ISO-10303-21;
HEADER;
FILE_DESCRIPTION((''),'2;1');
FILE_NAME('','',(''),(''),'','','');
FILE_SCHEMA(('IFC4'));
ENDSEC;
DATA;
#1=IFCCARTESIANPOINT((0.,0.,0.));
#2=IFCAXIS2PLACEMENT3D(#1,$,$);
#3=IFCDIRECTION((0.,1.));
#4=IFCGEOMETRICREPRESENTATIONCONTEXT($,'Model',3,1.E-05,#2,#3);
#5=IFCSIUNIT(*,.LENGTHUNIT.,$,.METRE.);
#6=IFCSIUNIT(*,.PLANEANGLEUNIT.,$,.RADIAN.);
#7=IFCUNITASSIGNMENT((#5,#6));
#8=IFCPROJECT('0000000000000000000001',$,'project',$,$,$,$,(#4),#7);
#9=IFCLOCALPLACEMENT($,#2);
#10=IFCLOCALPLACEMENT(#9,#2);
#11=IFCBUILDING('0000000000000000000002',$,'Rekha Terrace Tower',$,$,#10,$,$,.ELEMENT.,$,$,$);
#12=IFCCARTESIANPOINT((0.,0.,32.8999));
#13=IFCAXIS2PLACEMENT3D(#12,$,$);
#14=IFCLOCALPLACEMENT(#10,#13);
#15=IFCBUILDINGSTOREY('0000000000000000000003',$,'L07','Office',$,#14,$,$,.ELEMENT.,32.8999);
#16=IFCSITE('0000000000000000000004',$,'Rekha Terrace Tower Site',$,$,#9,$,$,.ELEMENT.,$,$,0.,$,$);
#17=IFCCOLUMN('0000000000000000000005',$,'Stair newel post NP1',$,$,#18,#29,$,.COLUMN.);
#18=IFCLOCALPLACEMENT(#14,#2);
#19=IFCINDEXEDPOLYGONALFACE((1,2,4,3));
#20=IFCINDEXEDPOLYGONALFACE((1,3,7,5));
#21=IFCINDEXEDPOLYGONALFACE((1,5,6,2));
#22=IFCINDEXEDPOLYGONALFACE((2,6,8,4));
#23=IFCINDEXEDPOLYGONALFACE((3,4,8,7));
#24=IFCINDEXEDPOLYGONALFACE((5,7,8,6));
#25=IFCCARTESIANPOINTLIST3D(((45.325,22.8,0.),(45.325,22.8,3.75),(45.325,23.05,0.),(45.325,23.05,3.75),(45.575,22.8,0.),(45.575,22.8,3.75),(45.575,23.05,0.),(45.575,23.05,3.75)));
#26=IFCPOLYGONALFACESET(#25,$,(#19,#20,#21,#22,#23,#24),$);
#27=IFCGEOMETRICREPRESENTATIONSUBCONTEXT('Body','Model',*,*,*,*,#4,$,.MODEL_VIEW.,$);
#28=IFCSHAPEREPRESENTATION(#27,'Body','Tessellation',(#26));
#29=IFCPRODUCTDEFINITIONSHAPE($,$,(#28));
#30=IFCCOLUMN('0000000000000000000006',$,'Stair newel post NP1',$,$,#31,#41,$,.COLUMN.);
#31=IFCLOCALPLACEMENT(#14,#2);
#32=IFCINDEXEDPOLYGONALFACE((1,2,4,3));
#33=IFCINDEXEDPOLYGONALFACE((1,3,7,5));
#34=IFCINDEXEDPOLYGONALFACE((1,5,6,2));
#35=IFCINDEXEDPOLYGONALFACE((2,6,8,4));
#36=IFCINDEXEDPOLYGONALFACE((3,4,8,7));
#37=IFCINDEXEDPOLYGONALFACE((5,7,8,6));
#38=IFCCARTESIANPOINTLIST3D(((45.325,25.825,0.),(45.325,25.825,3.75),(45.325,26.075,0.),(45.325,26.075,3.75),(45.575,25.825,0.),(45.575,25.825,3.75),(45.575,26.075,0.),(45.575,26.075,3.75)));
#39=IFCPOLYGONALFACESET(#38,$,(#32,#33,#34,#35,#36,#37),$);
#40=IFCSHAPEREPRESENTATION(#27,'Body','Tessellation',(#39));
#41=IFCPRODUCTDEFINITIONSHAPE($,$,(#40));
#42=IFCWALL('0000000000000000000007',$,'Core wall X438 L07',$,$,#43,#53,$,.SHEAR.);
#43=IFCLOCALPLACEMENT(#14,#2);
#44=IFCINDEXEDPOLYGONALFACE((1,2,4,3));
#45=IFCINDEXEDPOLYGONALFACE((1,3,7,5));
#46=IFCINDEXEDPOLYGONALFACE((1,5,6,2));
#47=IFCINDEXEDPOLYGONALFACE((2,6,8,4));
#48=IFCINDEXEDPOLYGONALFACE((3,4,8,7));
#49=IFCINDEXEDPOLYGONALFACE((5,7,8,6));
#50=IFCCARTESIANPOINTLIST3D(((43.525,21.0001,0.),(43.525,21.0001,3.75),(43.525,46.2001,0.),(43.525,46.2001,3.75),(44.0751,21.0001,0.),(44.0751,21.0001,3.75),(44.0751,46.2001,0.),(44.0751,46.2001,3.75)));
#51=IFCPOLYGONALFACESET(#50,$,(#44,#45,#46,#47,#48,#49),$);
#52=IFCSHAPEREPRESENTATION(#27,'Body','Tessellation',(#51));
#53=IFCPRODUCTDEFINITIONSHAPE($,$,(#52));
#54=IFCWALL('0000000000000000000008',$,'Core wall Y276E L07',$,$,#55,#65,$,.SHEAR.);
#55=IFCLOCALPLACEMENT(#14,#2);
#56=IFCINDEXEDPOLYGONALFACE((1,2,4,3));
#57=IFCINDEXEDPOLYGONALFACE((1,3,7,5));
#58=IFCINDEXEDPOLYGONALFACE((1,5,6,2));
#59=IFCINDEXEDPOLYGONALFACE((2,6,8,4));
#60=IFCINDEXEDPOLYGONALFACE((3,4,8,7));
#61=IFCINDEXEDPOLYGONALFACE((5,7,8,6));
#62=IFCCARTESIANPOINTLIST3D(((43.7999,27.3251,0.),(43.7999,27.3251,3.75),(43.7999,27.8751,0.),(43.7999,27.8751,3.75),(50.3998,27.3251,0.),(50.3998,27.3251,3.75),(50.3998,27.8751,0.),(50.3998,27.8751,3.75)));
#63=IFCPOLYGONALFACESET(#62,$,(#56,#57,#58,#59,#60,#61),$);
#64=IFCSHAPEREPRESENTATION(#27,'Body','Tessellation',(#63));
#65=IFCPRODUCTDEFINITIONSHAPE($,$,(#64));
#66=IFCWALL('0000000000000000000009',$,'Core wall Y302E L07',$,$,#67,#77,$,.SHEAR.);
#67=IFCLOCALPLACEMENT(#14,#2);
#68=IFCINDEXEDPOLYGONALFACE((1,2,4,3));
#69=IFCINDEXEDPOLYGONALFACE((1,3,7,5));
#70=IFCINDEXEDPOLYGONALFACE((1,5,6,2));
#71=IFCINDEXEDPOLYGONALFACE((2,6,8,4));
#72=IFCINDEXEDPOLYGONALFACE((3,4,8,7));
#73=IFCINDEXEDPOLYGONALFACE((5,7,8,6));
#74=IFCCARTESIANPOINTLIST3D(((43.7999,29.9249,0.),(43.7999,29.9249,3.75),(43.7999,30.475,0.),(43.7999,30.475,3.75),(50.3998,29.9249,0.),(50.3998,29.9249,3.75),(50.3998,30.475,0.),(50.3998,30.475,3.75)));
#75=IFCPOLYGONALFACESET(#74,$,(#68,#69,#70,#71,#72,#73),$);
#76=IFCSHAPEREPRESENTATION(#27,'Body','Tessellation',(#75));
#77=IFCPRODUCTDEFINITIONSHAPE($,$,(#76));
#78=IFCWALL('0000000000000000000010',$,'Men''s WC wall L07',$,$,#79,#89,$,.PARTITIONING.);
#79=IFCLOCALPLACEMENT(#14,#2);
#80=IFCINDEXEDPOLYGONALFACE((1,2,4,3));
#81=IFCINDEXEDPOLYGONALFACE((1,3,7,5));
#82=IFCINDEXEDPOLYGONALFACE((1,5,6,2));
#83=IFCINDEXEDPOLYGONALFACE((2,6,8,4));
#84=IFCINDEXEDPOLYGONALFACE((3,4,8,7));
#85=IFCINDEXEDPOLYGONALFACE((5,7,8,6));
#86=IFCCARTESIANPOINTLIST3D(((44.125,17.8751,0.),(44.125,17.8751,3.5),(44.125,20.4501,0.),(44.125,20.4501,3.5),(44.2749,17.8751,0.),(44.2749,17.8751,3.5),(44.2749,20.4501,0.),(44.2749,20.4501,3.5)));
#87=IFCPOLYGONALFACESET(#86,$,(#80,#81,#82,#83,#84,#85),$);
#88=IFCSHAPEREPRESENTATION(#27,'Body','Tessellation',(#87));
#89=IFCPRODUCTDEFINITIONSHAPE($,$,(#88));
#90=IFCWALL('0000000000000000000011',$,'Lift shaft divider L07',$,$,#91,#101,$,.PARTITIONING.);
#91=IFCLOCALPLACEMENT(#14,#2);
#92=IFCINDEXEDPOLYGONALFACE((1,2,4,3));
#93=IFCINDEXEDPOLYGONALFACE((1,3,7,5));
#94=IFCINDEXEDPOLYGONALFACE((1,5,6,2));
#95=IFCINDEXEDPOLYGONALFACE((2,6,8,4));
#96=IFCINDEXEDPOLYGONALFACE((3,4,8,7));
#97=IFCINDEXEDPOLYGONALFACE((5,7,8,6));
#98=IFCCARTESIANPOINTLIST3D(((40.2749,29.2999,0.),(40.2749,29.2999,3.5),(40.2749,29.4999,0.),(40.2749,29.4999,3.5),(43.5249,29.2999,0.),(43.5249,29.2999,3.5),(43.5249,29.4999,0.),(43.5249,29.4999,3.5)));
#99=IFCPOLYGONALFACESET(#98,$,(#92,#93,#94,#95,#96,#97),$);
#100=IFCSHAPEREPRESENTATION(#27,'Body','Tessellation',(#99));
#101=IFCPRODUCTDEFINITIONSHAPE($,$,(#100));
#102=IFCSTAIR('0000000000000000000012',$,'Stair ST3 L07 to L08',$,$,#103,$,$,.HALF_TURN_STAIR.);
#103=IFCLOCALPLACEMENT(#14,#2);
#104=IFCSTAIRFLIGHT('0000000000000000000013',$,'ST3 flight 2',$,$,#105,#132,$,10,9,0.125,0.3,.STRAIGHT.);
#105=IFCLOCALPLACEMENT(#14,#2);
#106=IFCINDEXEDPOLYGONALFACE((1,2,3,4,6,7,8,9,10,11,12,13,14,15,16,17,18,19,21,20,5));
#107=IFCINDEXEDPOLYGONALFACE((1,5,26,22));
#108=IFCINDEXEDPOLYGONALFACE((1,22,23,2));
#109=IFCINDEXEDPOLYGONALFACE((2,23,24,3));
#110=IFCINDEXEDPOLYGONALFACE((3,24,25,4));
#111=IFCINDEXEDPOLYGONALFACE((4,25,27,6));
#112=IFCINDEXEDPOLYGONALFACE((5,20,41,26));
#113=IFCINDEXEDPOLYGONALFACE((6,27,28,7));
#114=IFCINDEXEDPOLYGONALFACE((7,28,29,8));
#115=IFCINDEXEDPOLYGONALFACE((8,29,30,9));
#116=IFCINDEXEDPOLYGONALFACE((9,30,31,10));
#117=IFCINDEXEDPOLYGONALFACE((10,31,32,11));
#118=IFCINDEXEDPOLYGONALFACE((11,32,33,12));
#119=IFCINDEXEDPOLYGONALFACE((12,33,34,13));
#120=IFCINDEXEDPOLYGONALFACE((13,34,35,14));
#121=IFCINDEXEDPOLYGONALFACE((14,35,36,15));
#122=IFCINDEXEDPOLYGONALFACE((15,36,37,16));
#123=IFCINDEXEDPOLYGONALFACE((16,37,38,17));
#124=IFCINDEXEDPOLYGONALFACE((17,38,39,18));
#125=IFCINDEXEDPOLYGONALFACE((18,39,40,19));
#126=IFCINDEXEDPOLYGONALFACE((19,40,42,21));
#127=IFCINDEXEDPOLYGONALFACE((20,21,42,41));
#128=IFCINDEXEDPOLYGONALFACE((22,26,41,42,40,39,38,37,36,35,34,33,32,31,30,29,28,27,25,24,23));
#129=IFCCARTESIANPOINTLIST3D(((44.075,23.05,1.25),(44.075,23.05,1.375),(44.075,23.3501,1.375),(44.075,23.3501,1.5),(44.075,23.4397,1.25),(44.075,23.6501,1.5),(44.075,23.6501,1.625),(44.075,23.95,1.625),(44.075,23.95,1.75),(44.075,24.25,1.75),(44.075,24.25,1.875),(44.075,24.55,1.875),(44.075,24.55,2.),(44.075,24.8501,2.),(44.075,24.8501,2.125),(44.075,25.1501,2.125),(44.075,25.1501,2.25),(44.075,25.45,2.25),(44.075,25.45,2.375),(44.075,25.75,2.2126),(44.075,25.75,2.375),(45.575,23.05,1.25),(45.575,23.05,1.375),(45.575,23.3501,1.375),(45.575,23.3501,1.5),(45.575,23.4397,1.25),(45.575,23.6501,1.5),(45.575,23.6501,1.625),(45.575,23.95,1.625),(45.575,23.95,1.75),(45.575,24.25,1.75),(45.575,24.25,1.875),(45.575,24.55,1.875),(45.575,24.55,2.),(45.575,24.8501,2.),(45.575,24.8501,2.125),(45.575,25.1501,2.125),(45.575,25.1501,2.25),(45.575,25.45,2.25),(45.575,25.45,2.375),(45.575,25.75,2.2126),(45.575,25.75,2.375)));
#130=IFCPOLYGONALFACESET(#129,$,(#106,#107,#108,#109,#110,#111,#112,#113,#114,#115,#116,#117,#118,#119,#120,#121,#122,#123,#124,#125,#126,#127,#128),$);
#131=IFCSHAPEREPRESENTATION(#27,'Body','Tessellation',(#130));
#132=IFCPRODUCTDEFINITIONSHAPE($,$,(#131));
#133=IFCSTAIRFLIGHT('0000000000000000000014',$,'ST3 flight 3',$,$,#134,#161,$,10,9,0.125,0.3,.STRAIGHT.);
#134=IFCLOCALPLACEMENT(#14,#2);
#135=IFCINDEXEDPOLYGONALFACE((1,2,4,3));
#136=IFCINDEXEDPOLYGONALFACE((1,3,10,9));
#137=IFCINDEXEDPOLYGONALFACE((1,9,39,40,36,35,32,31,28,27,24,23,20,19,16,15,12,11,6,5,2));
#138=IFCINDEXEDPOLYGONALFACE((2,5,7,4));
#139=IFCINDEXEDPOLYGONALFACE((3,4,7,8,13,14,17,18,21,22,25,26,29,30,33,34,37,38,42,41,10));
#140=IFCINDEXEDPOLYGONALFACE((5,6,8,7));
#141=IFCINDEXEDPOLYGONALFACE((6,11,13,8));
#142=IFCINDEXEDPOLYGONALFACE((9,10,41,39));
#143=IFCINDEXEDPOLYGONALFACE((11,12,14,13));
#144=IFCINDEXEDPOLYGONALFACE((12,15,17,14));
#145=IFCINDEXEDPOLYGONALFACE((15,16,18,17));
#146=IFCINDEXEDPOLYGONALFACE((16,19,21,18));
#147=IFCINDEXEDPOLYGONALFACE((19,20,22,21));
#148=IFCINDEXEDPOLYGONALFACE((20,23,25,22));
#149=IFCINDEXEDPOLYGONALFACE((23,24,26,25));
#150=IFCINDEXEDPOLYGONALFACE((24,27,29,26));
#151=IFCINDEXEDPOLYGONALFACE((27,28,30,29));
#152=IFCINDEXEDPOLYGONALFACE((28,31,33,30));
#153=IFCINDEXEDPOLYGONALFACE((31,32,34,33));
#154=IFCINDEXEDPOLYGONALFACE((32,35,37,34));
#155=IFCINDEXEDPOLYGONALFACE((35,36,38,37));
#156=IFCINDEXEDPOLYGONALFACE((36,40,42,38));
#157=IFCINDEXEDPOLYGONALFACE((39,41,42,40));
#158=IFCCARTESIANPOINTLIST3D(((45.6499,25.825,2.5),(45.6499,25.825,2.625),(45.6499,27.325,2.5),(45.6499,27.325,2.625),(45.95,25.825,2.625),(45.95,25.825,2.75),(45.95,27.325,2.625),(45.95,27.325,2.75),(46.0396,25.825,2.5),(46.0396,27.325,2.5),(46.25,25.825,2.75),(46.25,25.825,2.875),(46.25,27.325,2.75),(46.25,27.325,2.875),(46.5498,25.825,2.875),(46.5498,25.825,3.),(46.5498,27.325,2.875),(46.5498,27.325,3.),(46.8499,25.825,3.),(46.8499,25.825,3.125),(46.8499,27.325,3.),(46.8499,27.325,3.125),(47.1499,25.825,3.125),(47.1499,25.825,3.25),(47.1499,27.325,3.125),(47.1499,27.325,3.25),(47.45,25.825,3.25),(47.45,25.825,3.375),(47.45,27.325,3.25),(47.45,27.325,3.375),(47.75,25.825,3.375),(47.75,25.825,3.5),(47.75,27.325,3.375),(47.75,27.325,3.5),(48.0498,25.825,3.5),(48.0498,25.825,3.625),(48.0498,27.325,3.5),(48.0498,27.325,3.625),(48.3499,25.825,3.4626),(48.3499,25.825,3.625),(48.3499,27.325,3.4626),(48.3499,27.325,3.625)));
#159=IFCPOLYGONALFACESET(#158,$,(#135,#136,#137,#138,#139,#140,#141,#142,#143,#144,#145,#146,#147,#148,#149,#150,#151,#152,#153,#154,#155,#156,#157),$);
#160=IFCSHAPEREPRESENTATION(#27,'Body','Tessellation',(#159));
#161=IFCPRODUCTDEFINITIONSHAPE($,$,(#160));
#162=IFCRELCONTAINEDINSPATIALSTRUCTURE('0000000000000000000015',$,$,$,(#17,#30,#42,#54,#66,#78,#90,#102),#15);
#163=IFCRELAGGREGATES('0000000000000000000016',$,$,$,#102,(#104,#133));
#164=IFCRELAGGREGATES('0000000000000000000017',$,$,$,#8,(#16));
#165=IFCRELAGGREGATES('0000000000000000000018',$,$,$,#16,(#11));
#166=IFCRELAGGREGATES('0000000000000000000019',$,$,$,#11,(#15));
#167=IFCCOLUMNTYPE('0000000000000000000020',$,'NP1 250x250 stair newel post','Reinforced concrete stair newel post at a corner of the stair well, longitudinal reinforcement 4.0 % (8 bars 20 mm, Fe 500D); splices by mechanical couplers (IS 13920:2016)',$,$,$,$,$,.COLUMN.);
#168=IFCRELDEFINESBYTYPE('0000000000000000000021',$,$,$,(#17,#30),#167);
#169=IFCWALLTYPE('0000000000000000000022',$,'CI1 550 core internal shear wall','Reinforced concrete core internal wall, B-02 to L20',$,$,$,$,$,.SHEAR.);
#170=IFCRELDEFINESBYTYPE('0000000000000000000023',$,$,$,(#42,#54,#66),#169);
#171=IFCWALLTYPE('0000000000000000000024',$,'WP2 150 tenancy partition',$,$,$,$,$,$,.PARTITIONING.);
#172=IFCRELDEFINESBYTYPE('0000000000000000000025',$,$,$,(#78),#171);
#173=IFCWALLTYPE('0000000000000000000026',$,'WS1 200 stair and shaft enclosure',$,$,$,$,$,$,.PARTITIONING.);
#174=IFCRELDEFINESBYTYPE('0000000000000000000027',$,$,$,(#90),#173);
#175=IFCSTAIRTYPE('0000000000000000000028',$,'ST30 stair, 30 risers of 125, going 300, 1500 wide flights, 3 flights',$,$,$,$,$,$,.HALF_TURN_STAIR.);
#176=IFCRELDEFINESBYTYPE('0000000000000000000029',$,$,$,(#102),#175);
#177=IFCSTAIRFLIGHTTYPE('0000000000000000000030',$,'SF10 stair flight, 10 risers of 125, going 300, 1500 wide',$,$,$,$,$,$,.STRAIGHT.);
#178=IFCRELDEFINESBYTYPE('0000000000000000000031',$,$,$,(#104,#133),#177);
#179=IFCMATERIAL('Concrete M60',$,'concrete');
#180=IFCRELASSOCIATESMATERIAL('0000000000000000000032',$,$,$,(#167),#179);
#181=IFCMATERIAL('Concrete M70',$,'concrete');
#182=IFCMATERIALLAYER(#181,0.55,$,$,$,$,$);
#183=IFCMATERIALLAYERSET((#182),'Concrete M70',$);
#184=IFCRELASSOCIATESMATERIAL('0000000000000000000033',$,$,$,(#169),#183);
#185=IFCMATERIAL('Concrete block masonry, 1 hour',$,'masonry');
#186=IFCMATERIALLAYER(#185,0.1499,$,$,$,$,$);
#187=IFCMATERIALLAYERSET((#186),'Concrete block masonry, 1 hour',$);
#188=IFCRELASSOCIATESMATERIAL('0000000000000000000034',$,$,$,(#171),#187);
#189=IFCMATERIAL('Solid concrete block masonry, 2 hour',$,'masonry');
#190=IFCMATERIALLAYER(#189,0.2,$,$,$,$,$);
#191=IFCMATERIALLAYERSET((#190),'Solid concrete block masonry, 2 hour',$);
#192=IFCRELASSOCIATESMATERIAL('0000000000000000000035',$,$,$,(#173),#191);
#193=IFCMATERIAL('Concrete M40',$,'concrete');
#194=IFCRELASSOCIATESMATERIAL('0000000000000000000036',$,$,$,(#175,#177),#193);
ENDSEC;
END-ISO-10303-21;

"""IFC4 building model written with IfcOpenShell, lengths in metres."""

from ifc_helpers import new_model, si_unit, direction, frame, frame_2d, origin, origin_2d, place, context, subcontext, project, spatial, polyline, rectangle, outline, extrude, material, layer, layer_set, material_profile, profile_set, type_object, element, aggregate, save


model = new_model("IFC4")

# Units and contexts
model_context = context("Model", 3, precision=1e-05, world=origin(), true_north=direction((0.0, 1.0)))
body_context = subcontext(model_context, "Body", "Model", "MODEL_VIEW")
ifc_project = project(units=[si_unit("LENGTHUNIT", "METRE"), si_unit("PLANEANGLEUNIT", "RADIAN")], contexts=[model_context])

# Site, building, storey
site_placement = place(None, origin())
site = spatial("IfcSite", under=ifc_project, at=site_placement, Name="Rekha Terrace Tower Site", CompositionType="ELEMENT", RefElevation=0.0)
building_placement = place(site_placement, origin())
building = spatial("IfcBuilding", under=site, at=building_placement, Name="Rekha Terrace Tower", CompositionType="ELEMENT")
storey_placement = place(building_placement, frame((0.0, 0.0, 32.8999)))
storey = spatial("IfcBuildingStorey", under=building, at=storey_placement, Name="L07", Description="Office", CompositionType="ELEMENT", Elevation=32.8999)

# Columns
ifc_material_1 = material(Name="Concrete M60", Category="concrete")
ifc_material_profile = material_profile(ifc_material_1, rectangle(XDim=0.25, YDim=0.25, at=origin_2d()), Name="RC 250x250")
ifc_profile_set = profile_set([ifc_material_profile], Name="Concrete M60")
column_type = type_object("IfcColumnType", Name="NP1 250x250 stair newel post", Description="Reinforced concrete stair newel post at a corner of the stair well, longitudinal reinforcement 4.0 % (8 bars 20 mm, Fe 500D); splices by mechanical couplers (IS 13920:2016)", PredefinedType="COLUMN", material=ifc_profile_set)
for number, where, z_axis, x_axis, name in (
    (1, (45.45, 22.925, 0.0), (0.0, 0.0, 1.0), (1.0, 0.0, 0.0), "Stair newel post NP1"),
    (2, (45.45, 25.95, 0.0), (0.0, 0.0, 1.0), (1.0, 0.0, 0.0), "Stair newel post NP1"),
):
    element("IfcColumn", number, at=place(storey_placement, frame(where, z_axis=z_axis, x_axis=x_axis)), inside=storey, type_object=column_type, Name=name, PredefinedType="COLUMN", context=body_context, shape_type="SweptSolid", body=[
        extrude(rectangle(XDim=0.25, YDim=0.25, at=origin_2d()), origin(), (0.0, 0.0, 1.0), 3.75),
    ])

# Walls
ifc_material_2 = material(Name="Concrete M70", Category="concrete")
ifc_layer_1 = layer(ifc_material_2, 0.55)
ifc_layer_set_1 = layer_set([ifc_layer_1], Name="Concrete M70")
wall_type_1 = type_object("IfcWallType", Name="CI1 550 core internal shear wall", Description="Reinforced concrete core internal wall, B-02 to L20", PredefinedType="SHEAR", material=ifc_layer_set_1)
wall_1_placement = place(storey_placement, frame((43.8, 21.0, 0.0), z_axis=(0.0, 0.0, 1.0), x_axis=(0.0, 1.0, 0.0)))
element("IfcWall", 3, at=wall_1_placement, inside=storey, type_object=wall_type_1, Name="Core wall X438 L07", PredefinedType="SHEAR", context=body_context, shape_type="SweptSolid", body=[
    extrude(rectangle(XDim=25.2, YDim=0.55, at=frame_2d((12.6001, 0.0))), origin(), (0.0, 0.0, 1.0), 3.75),
])
for number, where, z_axis, x_axis, name in (
    (4, (43.8, 27.6001, 0.0), (0.0, 0.0, 1.0), (1.0, 0.0, 0.0), "Core wall Y276E L07"),
    (5, (43.8, 30.2, 0.0), (0.0, 0.0, 1.0), (1.0, 0.0, 0.0), "Core wall Y302E L07"),
):
    element("IfcWall", number, at=place(storey_placement, frame(where, z_axis=z_axis, x_axis=x_axis)), inside=storey, type_object=wall_type_1, Name=name, PredefinedType="SHEAR", context=body_context, shape_type="SweptSolid", body=[
        extrude(rectangle(XDim=6.5999, YDim=0.55, at=frame_2d((3.2998, 0.0))), origin(), (0.0, 0.0, 1.0), 3.75),
    ])
ifc_material_3 = material(Name="Concrete block masonry, 1 hour", Category="masonry")
ifc_layer_2 = layer(ifc_material_3, 0.1499)
ifc_layer_set_2 = layer_set([ifc_layer_2], Name="Concrete block masonry, 1 hour")
wall_type_2 = type_object("IfcWallType", Name="WP2 150 tenancy partition", PredefinedType="PARTITIONING", material=ifc_layer_set_2)
wall_2_placement = place(storey_placement, frame((44.2, 17.875, 0.0), z_axis=(0.0, 0.0, 1.0), x_axis=(0.0, 1.0, 0.0)))
element("IfcWall", 6, at=wall_2_placement, inside=storey, type_object=wall_type_2, Name="Men's WC wall L07", PredefinedType="PARTITIONING", context=body_context, shape_type="SweptSolid", body=[
    extrude(rectangle(XDim=2.575, YDim=0.1499, at=frame_2d((1.2876, 0.0))), origin(), (0.0, 0.0, 1.0), 3.5),
])
ifc_material_4 = material(Name="Solid concrete block masonry, 2 hour", Category="masonry")
ifc_layer_3 = layer(ifc_material_4, 0.2)
ifc_layer_set_3 = layer_set([ifc_layer_3], Name="Solid concrete block masonry, 2 hour")
wall_type_3 = type_object("IfcWallType", Name="WS1 200 stair and shaft enclosure", PredefinedType="PARTITIONING", material=ifc_layer_set_3)
wall_3_placement = place(storey_placement, frame((40.2749, 29.3999, 0.0), z_axis=(0.0, 0.0, 1.0), x_axis=(1.0, 0.0, 0.0)))
element("IfcWall", 7, at=wall_3_placement, inside=storey, type_object=wall_type_3, Name="Lift shaft divider L07", PredefinedType="PARTITIONING", context=body_context, shape_type="SweptSolid", body=[
    extrude(rectangle(XDim=3.25, YDim=0.2, at=frame_2d((1.625, 0.0))), origin(), (0.0, 0.0, 1.0), 3.5),
])

# Stair, stair flights
ifc_material_5 = material(Name="Concrete M40", Category="concrete")
stair_type = type_object("IfcStairType", Name="ST30 stair, 30 risers of 125, going 300, 1500 wide flights, 3 flights", PredefinedType="HALF_TURN_STAIR", material=ifc_material_5)
stair_placement = place(storey_placement, origin())
stair = element("IfcStair", 8, at=stair_placement, inside=storey, type_object=stair_type, Name="Stair ST3 L07 to L08", PredefinedType="HALF_TURN_STAIR")
stair_flight_type = type_object("IfcStairFlightType", Name="SF10 stair flight, 10 risers of 125, going 300, 1500 wide", PredefinedType="STRAIGHT", material=ifc_material_5)
stair_flight_1_placement = place(storey_placement, frame((44.825, 23.05, 1.25), z_axis=(0.0, 0.0, 1.0), x_axis=(0.0, 1.0, 0.0)))
stair_flight_1 = element("IfcStairFlight", 9, at=stair_flight_1_placement, type_object=stair_flight_type, Name="ST3 flight 2", NumberOfRisers=10, NumberOfTreads=9, PredefinedType="STRAIGHT", RiserHeight=0.125, TreadLength=0.3, context=body_context, shape_type="SweptSolid", body=[
    extrude(outline(polyline([(0.0, 0.0), (0.0, 0.125), (0.3, 0.125), (0.3, 0.25), (0.6001, 0.25), (0.6001, 0.375), (0.8999, 0.375), (0.8999, 0.5), (1.2, 0.5), (1.2, 0.625), (1.5, 0.625), (1.5, 0.75), (1.8, 0.75), (1.8, 0.875), (2.1001, 0.875), (2.1001, 1.0), (2.3999, 1.0), (2.3999, 1.125), (2.7, 1.125), (2.7, 1.25), (2.7, 0.9626), (0.3896, 0.0), (0.0, 0.0)])), frame((0.0, 0.75, 0.0), z_axis=(0.0, -1.0, 0.0), x_axis=(1.0, 0.0, 0.0)), (0.0, 0.0, 1.0), 1.5),
])
stair_flight_2_placement = place(storey_placement, frame((45.6499, 26.575, 2.5), z_axis=(0.0, 0.0, 1.0), x_axis=(1.0, 0.0, 0.0)))
stair_flight_2 = element("IfcStairFlight", 10, at=stair_flight_2_placement, type_object=stair_flight_type, Name="ST3 flight 3", NumberOfRisers=10, NumberOfTreads=9, PredefinedType="STRAIGHT", RiserHeight=0.125, TreadLength=0.3, context=body_context, shape_type="SweptSolid", body=[
    extrude(outline(polyline([(0.0, 0.0), (0.0, 0.125), (0.3, 0.125), (0.3, 0.25), (0.6001, 0.25), (0.6001, 0.375), (0.8999, 0.375), (0.8999, 0.5), (1.2, 0.5), (1.2, 0.625), (1.5, 0.625), (1.5, 0.75), (1.8, 0.75), (1.8, 0.875), (2.1001, 0.875), (2.1001, 1.0), (2.3999, 1.0), (2.3999, 1.125), (2.7, 1.125), (2.7, 1.25), (2.7, 0.9626), (0.3896, 0.0), (0.0, 0.0)])), frame((0.0, 0.75, 0.0), z_axis=(0.0, -1.0, 0.0), x_axis=(1.0, 0.0, 0.0)), (0.0, 0.0, 1.0), 1.5),
])
aggregate(stair, [stair_flight_1, stair_flight_2])

save(model, "model.ifc")
